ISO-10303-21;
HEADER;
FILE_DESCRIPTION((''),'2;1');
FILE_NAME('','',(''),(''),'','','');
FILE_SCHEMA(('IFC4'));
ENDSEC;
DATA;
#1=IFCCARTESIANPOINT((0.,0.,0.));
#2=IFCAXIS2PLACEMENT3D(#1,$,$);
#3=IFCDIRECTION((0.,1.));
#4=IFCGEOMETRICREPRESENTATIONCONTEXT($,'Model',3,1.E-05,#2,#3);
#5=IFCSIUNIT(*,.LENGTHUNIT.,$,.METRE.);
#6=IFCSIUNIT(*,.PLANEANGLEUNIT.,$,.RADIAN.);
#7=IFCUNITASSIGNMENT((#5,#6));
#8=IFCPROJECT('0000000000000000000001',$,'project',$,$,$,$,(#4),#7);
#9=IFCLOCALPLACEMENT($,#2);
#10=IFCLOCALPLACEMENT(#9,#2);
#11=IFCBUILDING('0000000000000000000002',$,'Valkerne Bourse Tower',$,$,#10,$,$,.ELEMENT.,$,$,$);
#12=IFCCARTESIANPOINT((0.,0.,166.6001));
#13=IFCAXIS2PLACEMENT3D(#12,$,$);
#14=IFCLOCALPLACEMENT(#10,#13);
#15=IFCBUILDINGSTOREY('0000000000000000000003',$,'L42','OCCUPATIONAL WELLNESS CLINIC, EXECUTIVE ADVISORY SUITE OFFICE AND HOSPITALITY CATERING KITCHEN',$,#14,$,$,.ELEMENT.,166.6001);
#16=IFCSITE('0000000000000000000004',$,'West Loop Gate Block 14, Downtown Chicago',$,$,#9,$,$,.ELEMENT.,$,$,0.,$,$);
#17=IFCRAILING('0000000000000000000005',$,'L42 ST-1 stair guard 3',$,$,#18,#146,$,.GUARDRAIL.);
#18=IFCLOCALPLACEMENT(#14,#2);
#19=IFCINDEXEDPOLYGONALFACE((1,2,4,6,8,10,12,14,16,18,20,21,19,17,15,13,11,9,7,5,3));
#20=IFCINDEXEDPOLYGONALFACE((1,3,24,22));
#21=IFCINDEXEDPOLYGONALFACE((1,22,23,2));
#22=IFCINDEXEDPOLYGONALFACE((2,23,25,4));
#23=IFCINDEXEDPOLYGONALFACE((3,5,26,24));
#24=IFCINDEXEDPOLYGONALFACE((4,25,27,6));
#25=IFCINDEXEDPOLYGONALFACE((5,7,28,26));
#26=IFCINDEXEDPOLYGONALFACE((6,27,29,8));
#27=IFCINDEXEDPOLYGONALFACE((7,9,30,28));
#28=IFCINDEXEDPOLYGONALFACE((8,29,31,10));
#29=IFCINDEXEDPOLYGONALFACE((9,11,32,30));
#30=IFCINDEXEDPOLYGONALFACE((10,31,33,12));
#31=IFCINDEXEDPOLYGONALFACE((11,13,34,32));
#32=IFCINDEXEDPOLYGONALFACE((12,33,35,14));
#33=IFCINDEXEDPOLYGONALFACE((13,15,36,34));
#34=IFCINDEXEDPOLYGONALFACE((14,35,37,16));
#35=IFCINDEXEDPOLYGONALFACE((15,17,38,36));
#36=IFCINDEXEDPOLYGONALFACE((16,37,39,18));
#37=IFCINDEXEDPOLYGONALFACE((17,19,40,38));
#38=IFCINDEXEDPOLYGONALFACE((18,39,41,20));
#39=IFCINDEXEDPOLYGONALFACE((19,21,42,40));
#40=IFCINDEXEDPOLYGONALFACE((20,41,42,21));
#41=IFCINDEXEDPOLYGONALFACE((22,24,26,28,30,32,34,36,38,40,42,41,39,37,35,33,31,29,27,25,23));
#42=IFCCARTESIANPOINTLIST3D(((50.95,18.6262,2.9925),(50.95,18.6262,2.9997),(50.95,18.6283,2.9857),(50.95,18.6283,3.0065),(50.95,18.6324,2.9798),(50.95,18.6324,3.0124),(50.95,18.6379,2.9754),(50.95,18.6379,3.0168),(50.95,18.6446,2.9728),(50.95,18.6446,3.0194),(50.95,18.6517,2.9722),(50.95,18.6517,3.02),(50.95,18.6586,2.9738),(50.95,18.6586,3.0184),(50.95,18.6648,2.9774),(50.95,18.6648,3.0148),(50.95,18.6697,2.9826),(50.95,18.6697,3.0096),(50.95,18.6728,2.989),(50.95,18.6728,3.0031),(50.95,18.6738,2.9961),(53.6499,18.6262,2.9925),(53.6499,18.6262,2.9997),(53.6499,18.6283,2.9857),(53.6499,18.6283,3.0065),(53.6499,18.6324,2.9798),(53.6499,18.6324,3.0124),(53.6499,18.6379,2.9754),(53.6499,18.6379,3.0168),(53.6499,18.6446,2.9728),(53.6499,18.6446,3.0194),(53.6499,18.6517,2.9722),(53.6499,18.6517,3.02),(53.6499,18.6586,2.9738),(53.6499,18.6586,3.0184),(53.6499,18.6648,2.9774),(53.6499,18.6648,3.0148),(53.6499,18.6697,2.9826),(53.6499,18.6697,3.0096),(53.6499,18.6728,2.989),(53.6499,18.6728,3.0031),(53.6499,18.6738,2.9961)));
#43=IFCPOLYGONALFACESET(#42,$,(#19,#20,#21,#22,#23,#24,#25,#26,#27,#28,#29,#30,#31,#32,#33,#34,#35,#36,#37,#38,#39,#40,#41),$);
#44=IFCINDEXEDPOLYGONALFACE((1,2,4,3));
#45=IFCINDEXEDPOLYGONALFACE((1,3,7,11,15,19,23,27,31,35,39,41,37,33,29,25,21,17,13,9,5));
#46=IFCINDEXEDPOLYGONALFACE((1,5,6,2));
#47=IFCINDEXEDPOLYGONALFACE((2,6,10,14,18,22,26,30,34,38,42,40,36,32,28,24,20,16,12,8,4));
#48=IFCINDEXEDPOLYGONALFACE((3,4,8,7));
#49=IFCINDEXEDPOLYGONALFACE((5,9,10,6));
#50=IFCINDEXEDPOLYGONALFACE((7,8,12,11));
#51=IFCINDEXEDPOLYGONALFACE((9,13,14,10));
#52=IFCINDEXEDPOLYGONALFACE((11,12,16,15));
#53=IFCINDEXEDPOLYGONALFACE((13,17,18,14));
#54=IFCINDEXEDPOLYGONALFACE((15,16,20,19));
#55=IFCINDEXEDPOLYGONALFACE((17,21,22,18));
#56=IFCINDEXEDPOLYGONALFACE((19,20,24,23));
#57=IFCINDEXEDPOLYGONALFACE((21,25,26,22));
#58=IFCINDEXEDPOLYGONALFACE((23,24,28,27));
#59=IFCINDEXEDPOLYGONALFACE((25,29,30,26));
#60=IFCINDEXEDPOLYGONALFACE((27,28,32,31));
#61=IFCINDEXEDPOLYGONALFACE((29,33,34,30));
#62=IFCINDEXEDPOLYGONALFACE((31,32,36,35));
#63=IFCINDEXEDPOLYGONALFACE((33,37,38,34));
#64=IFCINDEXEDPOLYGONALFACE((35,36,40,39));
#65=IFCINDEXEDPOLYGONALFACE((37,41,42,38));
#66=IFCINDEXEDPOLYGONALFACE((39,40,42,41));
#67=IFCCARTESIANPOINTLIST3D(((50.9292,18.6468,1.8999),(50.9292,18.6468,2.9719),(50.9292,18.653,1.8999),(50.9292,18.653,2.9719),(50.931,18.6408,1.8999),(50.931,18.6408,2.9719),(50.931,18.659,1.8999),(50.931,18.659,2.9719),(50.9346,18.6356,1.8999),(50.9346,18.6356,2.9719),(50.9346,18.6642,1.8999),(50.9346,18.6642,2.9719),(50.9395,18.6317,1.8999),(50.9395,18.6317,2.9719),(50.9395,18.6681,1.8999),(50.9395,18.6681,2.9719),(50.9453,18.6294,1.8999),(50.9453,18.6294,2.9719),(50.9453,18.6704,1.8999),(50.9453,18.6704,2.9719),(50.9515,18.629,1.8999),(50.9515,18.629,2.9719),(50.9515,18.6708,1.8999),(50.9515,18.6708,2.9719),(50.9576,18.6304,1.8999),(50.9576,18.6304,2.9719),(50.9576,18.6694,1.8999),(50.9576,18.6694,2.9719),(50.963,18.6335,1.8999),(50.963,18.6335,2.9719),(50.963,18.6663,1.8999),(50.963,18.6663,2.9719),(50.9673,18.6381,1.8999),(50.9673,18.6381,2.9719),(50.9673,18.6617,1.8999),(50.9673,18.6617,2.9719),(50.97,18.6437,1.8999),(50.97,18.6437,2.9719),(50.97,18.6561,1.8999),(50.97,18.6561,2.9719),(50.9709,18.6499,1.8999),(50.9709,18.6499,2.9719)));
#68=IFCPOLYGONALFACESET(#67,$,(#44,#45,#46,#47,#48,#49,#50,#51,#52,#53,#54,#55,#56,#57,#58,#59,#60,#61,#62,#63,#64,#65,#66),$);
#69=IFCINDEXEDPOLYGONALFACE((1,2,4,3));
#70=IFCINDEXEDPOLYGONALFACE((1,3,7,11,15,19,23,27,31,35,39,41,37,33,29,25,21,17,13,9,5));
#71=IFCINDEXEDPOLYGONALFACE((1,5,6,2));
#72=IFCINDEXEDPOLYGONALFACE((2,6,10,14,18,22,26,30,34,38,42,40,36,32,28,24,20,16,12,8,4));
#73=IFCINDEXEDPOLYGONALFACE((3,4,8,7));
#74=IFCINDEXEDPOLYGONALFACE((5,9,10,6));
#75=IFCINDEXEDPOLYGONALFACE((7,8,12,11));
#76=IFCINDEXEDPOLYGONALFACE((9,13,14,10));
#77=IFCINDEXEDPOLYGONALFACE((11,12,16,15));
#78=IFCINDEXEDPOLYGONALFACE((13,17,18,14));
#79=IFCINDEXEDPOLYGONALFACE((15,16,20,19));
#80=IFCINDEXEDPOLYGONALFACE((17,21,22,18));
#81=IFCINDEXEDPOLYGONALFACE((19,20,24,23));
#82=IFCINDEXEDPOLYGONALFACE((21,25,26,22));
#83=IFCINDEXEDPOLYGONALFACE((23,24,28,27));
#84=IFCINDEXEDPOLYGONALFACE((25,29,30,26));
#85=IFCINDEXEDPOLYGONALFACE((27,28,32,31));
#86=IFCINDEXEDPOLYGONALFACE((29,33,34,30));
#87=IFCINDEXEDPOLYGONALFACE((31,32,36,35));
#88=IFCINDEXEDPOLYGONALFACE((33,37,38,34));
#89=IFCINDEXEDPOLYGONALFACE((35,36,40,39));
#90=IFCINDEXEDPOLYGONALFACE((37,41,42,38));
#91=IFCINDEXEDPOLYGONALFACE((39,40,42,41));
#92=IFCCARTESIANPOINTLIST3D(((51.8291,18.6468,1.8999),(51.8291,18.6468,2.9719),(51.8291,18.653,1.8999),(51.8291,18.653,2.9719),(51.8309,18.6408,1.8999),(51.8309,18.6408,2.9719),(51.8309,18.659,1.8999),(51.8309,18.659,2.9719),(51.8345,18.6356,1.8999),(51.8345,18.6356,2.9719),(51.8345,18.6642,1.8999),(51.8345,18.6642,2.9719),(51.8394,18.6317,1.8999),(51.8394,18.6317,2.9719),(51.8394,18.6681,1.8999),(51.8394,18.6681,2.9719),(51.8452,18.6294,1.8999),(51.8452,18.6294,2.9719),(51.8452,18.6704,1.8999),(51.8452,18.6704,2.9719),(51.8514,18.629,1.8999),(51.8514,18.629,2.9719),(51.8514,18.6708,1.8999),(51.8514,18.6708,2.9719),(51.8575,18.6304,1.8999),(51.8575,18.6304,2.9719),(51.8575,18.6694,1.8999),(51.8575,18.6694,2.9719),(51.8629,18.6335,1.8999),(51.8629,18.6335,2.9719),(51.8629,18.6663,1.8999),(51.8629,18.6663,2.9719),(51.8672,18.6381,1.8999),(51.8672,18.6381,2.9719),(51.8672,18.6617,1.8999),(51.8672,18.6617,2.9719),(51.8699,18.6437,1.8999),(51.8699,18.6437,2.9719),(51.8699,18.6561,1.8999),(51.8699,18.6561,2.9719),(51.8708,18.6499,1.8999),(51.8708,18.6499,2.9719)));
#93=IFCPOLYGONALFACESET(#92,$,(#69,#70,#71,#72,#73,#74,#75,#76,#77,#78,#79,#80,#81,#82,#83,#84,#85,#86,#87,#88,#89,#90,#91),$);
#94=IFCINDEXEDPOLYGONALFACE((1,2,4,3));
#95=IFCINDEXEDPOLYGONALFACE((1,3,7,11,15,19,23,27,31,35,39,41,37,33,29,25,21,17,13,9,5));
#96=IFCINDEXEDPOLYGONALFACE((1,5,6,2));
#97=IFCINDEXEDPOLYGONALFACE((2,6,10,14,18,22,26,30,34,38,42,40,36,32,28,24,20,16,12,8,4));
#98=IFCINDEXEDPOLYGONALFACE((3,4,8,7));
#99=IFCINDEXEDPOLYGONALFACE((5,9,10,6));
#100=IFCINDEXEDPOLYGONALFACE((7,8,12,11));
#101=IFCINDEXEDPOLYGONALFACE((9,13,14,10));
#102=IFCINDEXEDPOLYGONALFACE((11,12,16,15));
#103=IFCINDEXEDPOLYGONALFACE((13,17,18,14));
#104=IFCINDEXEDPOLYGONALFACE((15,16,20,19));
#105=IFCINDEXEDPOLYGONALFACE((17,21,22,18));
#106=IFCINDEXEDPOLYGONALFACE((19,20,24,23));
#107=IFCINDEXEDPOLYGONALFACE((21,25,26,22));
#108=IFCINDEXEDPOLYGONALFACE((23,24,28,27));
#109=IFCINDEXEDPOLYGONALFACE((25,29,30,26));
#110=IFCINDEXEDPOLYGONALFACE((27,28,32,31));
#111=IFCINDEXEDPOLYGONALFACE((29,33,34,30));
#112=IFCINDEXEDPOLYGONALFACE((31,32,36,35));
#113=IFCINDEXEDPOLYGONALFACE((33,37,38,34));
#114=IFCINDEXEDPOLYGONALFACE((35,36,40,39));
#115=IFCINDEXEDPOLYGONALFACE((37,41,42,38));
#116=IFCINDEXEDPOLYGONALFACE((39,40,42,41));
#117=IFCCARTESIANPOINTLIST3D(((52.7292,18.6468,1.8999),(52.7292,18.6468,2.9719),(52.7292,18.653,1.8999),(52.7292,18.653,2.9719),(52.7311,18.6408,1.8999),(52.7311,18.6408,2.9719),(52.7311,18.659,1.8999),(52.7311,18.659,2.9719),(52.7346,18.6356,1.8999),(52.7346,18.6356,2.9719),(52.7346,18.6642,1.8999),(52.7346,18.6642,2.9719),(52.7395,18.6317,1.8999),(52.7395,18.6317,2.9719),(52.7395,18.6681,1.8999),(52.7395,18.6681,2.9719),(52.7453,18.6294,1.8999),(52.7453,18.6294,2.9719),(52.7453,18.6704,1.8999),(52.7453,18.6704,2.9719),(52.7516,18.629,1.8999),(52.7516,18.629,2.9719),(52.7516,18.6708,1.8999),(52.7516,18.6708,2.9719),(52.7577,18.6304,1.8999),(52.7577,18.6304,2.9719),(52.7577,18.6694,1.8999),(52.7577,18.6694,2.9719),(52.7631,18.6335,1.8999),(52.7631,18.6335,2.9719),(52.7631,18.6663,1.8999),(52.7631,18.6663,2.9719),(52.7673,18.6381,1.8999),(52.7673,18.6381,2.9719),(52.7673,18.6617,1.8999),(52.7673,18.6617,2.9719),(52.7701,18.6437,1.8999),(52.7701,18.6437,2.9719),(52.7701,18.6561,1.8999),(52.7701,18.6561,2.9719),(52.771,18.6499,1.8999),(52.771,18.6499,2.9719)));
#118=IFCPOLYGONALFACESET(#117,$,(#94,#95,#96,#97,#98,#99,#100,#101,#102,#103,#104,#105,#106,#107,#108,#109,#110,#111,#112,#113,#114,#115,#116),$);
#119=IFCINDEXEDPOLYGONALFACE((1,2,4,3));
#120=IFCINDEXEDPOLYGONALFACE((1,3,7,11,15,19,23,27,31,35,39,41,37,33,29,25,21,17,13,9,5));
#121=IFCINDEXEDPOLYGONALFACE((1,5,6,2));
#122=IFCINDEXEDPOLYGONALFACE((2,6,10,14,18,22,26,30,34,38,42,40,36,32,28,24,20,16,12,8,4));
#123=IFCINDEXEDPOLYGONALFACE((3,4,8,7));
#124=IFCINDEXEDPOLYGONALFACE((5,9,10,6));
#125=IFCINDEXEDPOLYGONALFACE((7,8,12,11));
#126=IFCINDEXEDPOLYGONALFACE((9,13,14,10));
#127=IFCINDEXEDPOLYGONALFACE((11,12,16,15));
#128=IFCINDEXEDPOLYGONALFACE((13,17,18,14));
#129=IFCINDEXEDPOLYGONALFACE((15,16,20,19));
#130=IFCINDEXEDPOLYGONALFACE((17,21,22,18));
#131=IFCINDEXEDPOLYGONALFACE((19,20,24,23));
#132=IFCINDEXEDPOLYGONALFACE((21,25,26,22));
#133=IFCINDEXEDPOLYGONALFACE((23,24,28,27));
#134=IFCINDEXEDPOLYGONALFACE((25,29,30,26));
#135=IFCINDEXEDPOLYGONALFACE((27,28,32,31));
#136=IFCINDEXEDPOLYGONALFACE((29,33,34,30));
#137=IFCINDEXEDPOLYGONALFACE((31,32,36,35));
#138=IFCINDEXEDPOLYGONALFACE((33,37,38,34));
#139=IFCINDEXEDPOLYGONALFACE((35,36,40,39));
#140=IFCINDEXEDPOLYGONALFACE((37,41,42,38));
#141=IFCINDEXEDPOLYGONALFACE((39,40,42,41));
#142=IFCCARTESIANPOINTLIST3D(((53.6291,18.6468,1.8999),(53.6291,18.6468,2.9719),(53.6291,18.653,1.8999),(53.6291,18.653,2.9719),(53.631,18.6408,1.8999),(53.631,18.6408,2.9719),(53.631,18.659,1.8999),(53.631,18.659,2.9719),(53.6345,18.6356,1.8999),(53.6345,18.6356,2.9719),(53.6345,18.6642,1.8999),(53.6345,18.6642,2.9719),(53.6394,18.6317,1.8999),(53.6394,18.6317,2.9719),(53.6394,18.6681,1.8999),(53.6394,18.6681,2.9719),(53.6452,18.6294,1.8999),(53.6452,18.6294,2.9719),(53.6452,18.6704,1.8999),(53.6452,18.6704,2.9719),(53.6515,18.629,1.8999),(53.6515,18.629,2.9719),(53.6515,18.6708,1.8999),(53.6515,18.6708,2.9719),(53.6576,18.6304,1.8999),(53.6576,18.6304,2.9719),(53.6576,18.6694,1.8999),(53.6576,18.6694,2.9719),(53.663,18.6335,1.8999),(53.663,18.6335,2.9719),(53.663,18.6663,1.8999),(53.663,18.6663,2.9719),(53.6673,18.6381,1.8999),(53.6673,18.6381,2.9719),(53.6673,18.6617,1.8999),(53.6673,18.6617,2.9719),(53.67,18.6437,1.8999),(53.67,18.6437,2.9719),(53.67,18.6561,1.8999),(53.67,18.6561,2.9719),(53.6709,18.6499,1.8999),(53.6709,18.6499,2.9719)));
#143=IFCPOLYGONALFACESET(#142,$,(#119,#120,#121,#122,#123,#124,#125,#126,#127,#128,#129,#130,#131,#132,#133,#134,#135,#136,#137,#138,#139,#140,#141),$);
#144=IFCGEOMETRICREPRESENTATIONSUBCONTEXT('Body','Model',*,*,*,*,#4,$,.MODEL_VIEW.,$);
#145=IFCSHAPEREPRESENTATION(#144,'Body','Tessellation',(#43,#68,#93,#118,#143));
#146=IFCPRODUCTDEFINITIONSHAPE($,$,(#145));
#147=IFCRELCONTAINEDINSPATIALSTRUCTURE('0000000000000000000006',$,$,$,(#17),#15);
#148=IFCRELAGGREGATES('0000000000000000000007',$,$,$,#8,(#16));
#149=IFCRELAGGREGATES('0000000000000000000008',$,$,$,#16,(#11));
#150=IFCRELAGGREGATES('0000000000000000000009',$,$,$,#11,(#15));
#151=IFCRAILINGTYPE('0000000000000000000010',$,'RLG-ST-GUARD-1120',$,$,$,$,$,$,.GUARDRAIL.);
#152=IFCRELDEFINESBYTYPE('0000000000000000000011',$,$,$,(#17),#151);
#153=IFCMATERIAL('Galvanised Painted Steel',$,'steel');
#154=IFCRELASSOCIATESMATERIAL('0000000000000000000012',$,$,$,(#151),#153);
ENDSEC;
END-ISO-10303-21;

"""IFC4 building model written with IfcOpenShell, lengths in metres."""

from ifc_helpers import new_model, si_unit, direction, frame, origin, origin_2d, place, context, subcontext, project, spatial, circle, extrude, material, type_object, element, save


model = new_model("IFC4")

# Units and contexts
model_context = context("Model", 3, precision=1e-05, world=origin(), true_north=direction((0.0, 1.0)))
body_context = subcontext(model_context, "Body", "Model", "MODEL_VIEW")
ifc_project = project(units=[si_unit("LENGTHUNIT", "METRE"), si_unit("PLANEANGLEUNIT", "RADIAN")], contexts=[model_context])

# Site, building, storey
site_placement = place(None, origin())
site = spatial("IfcSite", under=ifc_project, at=site_placement, Name="West Loop Gate Block 14, Downtown Chicago", CompositionType="ELEMENT", RefElevation=0.0)
building_placement = place(site_placement, origin())
building = spatial("IfcBuilding", under=site, at=building_placement, Name="Valkerne Bourse Tower", CompositionType="ELEMENT")
storey_placement = place(building_placement, frame((0.0, 0.0, 166.6001)))
storey = spatial("IfcBuildingStorey", under=building, at=storey_placement, Name="L42", Description="OCCUPATIONAL WELLNESS CLINIC, EXECUTIVE ADVISORY SUITE OFFICE AND HOSPITALITY CATERING KITCHEN", CompositionType="ELEMENT", Elevation=166.6001)

# Shared definitions
ifc_material_1 = material(Name="Galvanised Painted Steel", Category="steel")

# Railing
railing_type_1 = type_object("IfcRailingType", Name="RLG-ST-GUARD-1120", PredefinedType="GUARDRAIL", material=ifc_material_1)
for number, where, name in (
    (1, (50.95, 18.6499, 1.8999), "L42 ST-1 stair guard 3"),
):
    element("IfcRailing", number, at=place(storey_placement, frame(where)), inside=storey, type_object=railing_type_1, Name=name, PredefinedType="GUARDRAIL", context=body_context, shape_type="SweptSolid", body=[
        extrude(circle(Radius=0.0239, at=origin_2d()), frame((0.0, 0.0, 1.0962), z_axis=(1.0, 0.0, 0.0), x_axis=(0.0, 1.0, 0.0)), (0.0, 0.0, 1.0), 2.7),
        extrude(circle(Radius=0.021, at=origin_2d()), origin(), (0.0, 0.0, 1.0), 1.072),
        extrude(circle(Radius=0.021, at=origin_2d()), frame((0.8999, 0.0, 0.0)), (0.0, 0.0, 1.0), 1.072),
        extrude(circle(Radius=0.021, at=origin_2d()), frame((1.8, 0.0, 0.0)), (0.0, 0.0, 1.0), 1.072),
        extrude(circle(Radius=0.021, at=origin_2d()), frame((2.7, 0.0, 0.0)), (0.0, 0.0, 1.0), 1.072),
    ])

save(model, "model.ifc")
